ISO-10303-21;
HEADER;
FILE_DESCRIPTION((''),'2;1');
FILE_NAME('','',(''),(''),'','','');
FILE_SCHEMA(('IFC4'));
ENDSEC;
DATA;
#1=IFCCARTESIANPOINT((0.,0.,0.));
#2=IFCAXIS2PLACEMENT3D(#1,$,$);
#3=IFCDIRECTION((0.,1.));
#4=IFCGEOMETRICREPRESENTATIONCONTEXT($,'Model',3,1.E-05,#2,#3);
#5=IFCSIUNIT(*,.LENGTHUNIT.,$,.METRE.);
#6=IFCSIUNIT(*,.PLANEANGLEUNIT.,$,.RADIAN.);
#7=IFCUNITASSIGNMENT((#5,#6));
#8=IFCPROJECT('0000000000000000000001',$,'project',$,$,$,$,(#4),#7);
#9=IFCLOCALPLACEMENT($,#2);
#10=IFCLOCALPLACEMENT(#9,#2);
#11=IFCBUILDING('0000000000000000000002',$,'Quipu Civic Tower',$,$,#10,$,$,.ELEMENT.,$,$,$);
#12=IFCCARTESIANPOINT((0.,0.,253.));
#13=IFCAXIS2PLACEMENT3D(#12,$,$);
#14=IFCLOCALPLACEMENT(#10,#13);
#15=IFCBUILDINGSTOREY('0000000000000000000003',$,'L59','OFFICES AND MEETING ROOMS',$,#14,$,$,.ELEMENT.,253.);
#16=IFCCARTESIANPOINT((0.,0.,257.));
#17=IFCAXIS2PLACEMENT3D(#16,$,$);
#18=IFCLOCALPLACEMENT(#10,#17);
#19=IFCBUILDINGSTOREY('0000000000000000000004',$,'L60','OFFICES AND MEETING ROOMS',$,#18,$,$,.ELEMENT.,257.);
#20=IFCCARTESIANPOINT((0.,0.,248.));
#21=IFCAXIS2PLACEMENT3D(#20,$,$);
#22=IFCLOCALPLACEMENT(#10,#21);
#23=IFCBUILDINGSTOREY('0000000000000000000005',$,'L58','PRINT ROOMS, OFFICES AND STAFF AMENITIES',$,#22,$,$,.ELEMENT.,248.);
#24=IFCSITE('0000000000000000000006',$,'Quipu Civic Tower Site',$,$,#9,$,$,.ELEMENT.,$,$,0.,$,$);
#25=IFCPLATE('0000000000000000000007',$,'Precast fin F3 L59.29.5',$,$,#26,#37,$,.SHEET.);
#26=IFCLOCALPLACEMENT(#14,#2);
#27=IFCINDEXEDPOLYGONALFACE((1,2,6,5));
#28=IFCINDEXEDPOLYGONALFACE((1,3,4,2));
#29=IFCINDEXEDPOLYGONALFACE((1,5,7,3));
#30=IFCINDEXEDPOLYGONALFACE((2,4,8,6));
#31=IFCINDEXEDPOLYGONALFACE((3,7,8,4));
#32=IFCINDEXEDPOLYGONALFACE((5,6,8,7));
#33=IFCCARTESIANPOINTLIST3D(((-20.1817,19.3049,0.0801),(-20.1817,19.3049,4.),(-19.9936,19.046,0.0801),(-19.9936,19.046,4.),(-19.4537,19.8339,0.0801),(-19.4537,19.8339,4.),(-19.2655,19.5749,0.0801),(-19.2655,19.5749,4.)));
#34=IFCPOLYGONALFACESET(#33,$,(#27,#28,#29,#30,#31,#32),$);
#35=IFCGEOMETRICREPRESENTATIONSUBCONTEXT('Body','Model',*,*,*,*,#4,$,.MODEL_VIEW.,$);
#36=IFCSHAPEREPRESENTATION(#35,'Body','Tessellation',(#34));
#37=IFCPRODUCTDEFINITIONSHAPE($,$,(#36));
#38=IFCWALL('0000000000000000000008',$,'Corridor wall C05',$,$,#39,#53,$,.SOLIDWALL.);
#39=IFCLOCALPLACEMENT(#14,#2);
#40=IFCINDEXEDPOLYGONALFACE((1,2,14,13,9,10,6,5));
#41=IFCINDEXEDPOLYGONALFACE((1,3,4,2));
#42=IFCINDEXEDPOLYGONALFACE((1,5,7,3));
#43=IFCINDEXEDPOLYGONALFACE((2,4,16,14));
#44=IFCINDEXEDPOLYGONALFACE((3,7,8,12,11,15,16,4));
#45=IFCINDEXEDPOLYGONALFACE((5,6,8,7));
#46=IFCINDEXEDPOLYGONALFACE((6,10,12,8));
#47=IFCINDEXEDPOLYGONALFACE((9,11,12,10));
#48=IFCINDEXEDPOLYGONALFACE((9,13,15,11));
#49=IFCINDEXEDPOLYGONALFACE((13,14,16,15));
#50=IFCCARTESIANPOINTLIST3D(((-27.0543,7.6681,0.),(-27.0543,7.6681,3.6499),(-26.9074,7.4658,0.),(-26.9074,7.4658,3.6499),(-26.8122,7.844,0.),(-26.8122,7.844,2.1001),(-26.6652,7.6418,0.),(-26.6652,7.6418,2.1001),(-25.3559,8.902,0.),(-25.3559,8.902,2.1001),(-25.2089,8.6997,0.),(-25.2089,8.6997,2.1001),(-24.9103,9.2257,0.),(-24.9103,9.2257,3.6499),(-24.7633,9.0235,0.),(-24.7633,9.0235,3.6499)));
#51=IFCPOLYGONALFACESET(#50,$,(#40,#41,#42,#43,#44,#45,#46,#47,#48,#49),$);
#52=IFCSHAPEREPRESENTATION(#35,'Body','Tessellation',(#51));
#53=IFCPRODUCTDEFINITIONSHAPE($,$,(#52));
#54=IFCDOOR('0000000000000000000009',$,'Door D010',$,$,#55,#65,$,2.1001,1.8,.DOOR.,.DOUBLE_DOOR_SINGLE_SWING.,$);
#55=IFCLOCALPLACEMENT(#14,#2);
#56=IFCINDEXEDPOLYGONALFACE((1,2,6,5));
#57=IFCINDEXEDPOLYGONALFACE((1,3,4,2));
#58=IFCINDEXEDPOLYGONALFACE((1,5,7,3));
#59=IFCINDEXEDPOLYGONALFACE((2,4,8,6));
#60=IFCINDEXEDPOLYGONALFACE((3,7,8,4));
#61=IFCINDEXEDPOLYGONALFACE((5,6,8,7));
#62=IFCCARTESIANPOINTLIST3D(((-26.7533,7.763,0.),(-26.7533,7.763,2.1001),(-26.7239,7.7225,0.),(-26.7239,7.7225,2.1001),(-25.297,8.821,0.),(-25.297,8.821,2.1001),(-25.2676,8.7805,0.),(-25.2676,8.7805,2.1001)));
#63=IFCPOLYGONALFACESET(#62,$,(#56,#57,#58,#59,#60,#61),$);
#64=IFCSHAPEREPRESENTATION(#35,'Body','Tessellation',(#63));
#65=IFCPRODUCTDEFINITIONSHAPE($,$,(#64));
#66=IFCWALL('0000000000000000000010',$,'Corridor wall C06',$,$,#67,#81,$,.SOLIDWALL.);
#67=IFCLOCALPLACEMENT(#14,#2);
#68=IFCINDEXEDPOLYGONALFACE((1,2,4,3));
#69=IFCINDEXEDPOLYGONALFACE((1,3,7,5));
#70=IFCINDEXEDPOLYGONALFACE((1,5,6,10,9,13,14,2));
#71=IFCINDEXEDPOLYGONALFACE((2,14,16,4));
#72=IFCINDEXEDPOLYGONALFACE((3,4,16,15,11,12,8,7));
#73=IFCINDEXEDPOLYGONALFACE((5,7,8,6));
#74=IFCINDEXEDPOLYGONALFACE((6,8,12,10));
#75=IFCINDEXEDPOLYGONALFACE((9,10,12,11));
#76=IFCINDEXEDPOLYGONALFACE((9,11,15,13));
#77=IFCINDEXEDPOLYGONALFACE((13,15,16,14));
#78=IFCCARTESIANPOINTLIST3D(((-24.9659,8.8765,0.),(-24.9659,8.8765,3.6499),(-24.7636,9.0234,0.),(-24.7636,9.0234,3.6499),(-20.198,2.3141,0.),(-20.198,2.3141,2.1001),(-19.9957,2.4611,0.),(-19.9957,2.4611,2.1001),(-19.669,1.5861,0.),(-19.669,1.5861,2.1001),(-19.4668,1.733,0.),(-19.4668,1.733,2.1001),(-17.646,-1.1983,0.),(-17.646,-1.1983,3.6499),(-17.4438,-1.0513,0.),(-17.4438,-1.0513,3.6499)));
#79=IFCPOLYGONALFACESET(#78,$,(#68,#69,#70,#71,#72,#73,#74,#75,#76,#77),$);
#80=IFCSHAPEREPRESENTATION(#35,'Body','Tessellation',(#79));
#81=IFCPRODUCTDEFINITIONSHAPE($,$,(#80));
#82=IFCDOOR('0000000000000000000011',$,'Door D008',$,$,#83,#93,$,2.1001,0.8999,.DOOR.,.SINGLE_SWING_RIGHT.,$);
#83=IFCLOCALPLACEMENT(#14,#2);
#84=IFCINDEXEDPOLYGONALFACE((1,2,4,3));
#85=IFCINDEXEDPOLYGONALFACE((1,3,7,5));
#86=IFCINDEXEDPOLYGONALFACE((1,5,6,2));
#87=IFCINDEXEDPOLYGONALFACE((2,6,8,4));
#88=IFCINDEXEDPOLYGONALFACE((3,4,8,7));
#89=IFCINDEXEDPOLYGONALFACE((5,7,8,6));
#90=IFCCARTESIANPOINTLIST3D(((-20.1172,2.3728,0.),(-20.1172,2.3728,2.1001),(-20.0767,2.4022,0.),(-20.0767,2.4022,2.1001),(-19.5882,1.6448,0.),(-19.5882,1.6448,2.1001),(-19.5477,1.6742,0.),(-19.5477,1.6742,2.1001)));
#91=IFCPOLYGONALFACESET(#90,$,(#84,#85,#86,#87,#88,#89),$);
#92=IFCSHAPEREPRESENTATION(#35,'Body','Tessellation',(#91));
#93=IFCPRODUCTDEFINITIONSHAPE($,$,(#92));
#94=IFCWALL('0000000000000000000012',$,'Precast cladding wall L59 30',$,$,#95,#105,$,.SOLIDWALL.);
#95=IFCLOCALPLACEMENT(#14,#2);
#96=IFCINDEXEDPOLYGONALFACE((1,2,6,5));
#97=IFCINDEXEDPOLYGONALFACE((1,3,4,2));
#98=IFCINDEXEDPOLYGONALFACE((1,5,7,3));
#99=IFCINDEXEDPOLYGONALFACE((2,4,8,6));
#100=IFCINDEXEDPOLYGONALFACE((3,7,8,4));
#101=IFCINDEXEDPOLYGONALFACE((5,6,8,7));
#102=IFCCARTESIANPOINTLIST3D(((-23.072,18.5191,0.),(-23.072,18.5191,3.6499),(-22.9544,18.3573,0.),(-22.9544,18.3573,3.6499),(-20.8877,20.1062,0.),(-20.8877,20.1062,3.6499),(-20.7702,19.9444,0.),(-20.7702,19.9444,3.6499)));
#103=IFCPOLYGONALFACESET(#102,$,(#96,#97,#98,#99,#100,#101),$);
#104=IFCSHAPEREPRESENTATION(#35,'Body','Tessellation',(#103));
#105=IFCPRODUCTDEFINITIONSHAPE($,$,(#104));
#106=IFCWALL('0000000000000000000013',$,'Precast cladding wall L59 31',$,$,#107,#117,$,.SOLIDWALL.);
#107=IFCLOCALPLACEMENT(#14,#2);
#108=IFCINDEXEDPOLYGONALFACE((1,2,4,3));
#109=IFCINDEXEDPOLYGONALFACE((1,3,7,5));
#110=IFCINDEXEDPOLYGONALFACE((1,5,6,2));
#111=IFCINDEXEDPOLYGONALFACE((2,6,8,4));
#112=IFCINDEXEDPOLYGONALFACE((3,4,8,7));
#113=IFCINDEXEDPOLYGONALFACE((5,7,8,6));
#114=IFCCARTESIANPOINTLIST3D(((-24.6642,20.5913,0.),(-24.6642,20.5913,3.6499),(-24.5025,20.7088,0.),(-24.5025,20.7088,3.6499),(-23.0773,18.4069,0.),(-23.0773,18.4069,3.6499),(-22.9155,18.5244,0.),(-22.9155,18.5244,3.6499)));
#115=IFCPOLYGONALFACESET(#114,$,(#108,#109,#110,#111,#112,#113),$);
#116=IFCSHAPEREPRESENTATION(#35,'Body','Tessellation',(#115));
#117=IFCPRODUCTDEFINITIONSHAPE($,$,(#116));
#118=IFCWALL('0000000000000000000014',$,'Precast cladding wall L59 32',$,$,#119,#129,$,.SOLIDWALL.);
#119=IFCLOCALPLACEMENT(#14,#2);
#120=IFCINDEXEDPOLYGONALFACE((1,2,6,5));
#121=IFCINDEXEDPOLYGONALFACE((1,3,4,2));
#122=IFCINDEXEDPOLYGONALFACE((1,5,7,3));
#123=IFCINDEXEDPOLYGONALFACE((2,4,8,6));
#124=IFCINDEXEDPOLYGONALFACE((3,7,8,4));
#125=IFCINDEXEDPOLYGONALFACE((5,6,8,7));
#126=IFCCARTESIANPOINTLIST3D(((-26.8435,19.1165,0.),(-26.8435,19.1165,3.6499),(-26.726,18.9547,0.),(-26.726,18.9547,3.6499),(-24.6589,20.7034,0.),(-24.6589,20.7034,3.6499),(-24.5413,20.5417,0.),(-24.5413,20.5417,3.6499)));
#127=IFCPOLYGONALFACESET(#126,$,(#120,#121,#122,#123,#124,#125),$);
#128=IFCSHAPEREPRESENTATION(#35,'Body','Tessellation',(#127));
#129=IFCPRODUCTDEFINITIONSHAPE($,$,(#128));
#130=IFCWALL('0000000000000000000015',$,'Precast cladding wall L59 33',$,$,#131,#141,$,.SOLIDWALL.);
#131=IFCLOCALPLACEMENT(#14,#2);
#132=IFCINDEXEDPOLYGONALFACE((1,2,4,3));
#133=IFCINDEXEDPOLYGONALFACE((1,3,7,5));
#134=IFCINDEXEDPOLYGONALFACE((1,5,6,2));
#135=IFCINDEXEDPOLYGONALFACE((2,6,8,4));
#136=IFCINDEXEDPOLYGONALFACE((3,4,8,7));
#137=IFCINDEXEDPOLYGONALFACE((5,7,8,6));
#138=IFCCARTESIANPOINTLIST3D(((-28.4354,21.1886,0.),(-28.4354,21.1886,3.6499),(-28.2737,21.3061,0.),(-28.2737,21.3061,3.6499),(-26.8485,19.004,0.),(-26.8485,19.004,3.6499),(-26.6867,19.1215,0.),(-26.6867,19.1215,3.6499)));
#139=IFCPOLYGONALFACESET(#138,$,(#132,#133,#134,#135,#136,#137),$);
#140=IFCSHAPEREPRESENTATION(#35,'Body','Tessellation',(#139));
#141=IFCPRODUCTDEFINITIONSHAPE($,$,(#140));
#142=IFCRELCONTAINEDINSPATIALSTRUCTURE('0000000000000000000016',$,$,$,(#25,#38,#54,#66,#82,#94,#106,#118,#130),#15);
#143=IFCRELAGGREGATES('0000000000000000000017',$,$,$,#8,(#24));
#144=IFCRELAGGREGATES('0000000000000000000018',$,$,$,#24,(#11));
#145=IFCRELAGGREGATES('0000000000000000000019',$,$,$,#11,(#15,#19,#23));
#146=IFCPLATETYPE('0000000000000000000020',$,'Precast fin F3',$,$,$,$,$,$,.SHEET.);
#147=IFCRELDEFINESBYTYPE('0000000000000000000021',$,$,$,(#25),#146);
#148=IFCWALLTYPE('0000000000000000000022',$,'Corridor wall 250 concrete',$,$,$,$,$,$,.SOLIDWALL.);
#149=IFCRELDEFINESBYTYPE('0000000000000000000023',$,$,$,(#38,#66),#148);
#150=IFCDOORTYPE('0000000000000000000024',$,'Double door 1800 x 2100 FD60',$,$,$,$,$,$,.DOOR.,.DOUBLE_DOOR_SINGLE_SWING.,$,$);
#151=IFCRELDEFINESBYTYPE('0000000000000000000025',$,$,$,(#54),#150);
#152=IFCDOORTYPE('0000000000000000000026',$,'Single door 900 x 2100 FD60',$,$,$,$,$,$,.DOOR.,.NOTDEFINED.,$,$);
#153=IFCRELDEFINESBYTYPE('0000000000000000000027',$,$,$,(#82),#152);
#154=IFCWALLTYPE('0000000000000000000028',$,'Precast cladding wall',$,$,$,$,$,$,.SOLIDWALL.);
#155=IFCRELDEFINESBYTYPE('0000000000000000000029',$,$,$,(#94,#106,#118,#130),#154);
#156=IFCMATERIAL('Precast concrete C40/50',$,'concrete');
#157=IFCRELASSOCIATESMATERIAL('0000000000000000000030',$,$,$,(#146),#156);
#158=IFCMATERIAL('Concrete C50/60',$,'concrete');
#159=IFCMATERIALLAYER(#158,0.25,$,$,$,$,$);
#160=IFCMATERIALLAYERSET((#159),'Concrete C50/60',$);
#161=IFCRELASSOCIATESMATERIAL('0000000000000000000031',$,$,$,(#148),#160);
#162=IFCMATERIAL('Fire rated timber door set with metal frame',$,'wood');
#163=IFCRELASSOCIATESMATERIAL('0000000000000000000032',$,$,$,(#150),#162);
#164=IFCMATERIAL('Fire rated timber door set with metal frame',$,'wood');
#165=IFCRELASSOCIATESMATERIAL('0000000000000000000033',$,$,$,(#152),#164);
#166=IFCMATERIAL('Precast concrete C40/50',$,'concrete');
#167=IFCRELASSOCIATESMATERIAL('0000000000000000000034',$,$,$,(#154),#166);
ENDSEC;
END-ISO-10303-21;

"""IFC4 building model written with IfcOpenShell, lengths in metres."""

from ifc_helpers import new_model, si_unit, direction, frame, frame_2d, origin, origin_2d, place, context, subcontext, project, spatial, rectangle, extrude, material, layer, layer_set, type_object, element, fill, save


model = new_model("IFC4")

# Units and contexts
model_context = context("Model", 3, precision=1e-05, world=origin(), true_north=direction((0.0, 1.0)))
body_context = subcontext(model_context, "Body", "Model", "MODEL_VIEW")
ifc_project = project(units=[si_unit("LENGTHUNIT", "METRE"), si_unit("PLANEANGLEUNIT", "RADIAN")], contexts=[model_context])

# Site, building, storey
site_placement = place(None, origin())
site = spatial("IfcSite", under=ifc_project, at=site_placement, Name="Quipu Civic Tower Site", CompositionType="ELEMENT", RefElevation=0.0)
building_placement = place(site_placement, origin())
building = spatial("IfcBuilding", under=site, at=building_placement, Name="Quipu Civic Tower", CompositionType="ELEMENT")
storey_1_placement = place(building_placement, frame((0.0, 0.0, 253.0)))
storey_1 = spatial("IfcBuildingStorey", under=building, at=storey_1_placement, Name="L59", Description="OFFICES AND MEETING ROOMS", CompositionType="ELEMENT", Elevation=253.0)

# Shared definitions
storey_2_placement = place(building_placement, frame((0.0, 0.0, 257.0)))
storey_2 = spatial("IfcBuildingStorey", under=building, at=storey_2_placement, Name="L60", Description="OFFICES AND MEETING ROOMS", CompositionType="ELEMENT", Elevation=257.0)

# Shared definitions
storey_3_placement = place(building_placement, frame((0.0, 0.0, 248.0)))
storey_3 = spatial("IfcBuildingStorey", under=building, at=storey_3_placement, Name="L58", Description="PRINT ROOMS, OFFICES AND STAFF AMENITIES", CompositionType="ELEMENT", Elevation=248.0)

# Plate
ifc_material_1 = material(Name="Precast concrete C40/50", Category="concrete")
plate_type = type_object("IfcPlateType", Name="Precast fin F3", PredefinedType="SHEET", material=ifc_material_1)
for number, where, z_axis, x_axis, name in (
    (1, (-19.7236, 19.4399, 0.0801), (0.0, 0.0, 1.0), (-0.587784, 0.809018, 0.0), "Precast fin F3 L59.29.5"),
):
    element("IfcPlate", number, at=place(storey_1_placement, frame(where, z_axis=z_axis, x_axis=x_axis)), inside=storey_1, type_object=plate_type, Name=name, PredefinedType="SHEET", context=body_context, shape_type="SweptSolid", body=[
        extrude(rectangle(XDim=0.3201, YDim=0.8999, at=origin_2d()), origin(), (0.0, 0.0, 1.0), 3.9199),
    ])

# Walls, openings, doors
ifc_material_2 = material(Name="Concrete C50/60", Category="concrete")
ifc_layer = layer(ifc_material_2, 0.25)
ifc_layer_set = layer_set([ifc_layer], Name="Concrete C50/60")
wall_type_1 = type_object("IfcWallType", Name="Corridor wall 250 concrete", PredefinedType="SOLIDWALL", material=ifc_layer_set)
wall_1_placement = place(storey_1_placement, frame((-26.981, 7.5669, 0.0), z_axis=(0.0, 0.0, 1.0), x_axis=(0.809039, 0.587755, 0.0)))
wall_1 = element("IfcWall", 2, at=wall_1_placement, inside=storey_1, type_object=wall_type_1, Name="Corridor wall C05", PredefinedType="SOLIDWALL", context=body_context, shape_type="SweptSolid", body=[
    extrude(rectangle(XDim=2.6501, YDim=0.25, at=frame_2d((1.3252, 0.0))), origin(), (0.0, 0.0, 1.0), 3.6499),
])
opening_1_placement = place(wall_1_placement, frame((0.2996, 0.0, 0.0)))
opening_1 = element("IfcOpeningElement", 3, at=opening_1_placement, cuts=wall_1, PredefinedType="OPENING", context=body_context, shape_type="SweptSolid", body=[
    extrude(rectangle(XDim=1.8, YDim=2.1001, at=frame_2d((0.8999, 1.05))), frame((0.0, 0.135, 0.0), z_axis=(0.0, -1.0, 0.0), x_axis=(1.0, 0.0, 0.0)), (0.0, 0.0, 1.0), 0.27),
])
ifc_material_3 = material(Name="Fire rated timber door set with metal frame", Category="wood")
door_type_1 = type_object("IfcDoorType", Name="Double door 1800 x 2100 FD60", OperationType="DOUBLE_DOOR_SINGLE_SWING", PredefinedType="DOOR", material=ifc_material_3)
door_1_placement = place(opening_1_placement, origin())
door_1 = element("IfcDoor", 4, at=door_1_placement, inside=storey_1, type_object=door_type_1, Name="Door D010", OperationType="DOUBLE_DOOR_SINGLE_SWING", OverallHeight=2.1001, OverallWidth=1.8, PredefinedType="DOOR", context=body_context, shape_type="SweptSolid", body=[
    extrude(rectangle(XDim=1.8, YDim=2.1001, at=frame_2d((0.8999, 1.05))), frame((0.0, 0.0249, 0.0), z_axis=(0.0, -1.0, 0.0), x_axis=(1.0, 0.0, 0.0)), (0.0, 0.0, 1.0), 0.05),
])
fill(opening_1, door_1)
wall_2_placement = place(storey_1_placement, frame((-24.8647, 8.95, 0.0), z_axis=(0.0, 0.0, 1.0), x_axis=(0.587792, -0.809012, 0.0)))
wall_2 = element("IfcWall", 5, at=wall_2_placement, inside=storey_1, type_object=wall_type_1, Name="Corridor wall C06", PredefinedType="SOLIDWALL", context=body_context, shape_type="SweptSolid", body=[
    extrude(rectangle(XDim=12.4531, YDim=0.25, at=frame_2d((6.2266, 0.0))), origin(), (0.0, 0.0, 1.0), 3.6499),
])
opening_2_placement = place(wall_2_placement, frame((8.1116, 0.0, 0.0)))
opening_2 = element("IfcOpeningElement", 6, at=opening_2_placement, cuts=wall_2, PredefinedType="OPENING", context=body_context, shape_type="SweptSolid", body=[
    extrude(rectangle(XDim=0.8999, YDim=2.1001, at=frame_2d((0.45, 1.05))), frame((0.0, 0.135, 0.0), z_axis=(0.0, -1.0, 0.0), x_axis=(1.0, 0.0, 0.0)), (0.0, 0.0, 1.0), 0.27),
])
ifc_material_4 = material(Name="Fire rated timber door set with metal frame", Category="wood")
door_type_2 = type_object("IfcDoorType", Name="Single door 900 x 2100 FD60", OperationType="NOTDEFINED", PredefinedType="DOOR", material=ifc_material_4)
door_2_placement = place(opening_2_placement, origin())
door_2 = element("IfcDoor", 7, at=door_2_placement, inside=storey_1, type_object=door_type_2, Name="Door D008", OperationType="SINGLE_SWING_RIGHT", OverallHeight=2.1001, OverallWidth=0.8999, PredefinedType="DOOR", context=body_context, shape_type="SweptSolid", body=[
    extrude(rectangle(XDim=0.8999, YDim=2.1001, at=frame_2d((0.45, 1.05))), frame((0.0, 0.0249, 0.0), z_axis=(0.0, -1.0, 0.0), x_axis=(1.0, 0.0, 0.0)), (0.0, 0.0, 1.0), 0.05),
])
fill(opening_2, door_2)

# Walls
ifc_material_5 = material(Name="Precast concrete C40/50", Category="concrete")
wall_type_2 = type_object("IfcWallType", Name="Precast cladding wall", PredefinedType="SOLIDWALL", material=ifc_material_5)
for number, where, z_axis, x_axis, name in (
    (8, (-20.8289, 20.0254, 0.0), (0.0, 0.0, 1.0), (-0.80899, -0.587822, 0.0), "Precast cladding wall L59 30"),
    (9, (-22.9963, 18.4656, 0.0), (0.0, 0.0, 1.0), (-0.587763, 0.809033, 0.0), "Precast cladding wall L59 31"),
):
    element("IfcWall", number, at=place(storey_1_placement, frame(where, z_axis=z_axis, x_axis=x_axis)), inside=storey_1, type_object=wall_type_2, Name=name, PredefinedType="SOLIDWALL", context=body_context, shape_type="SweptSolid", body=[
        extrude(rectangle(XDim=2.7, YDim=0.2, at=frame_2d((1.3501, 0.0))), origin(), (0.0, 0.0, 1.0), 3.6499),
    ])
for number, where, z_axis, x_axis, name in (
    (10, (-24.6001, 20.6226, 0.0), (0.0, 0.0, 1.0), (-0.809064, -0.58772, 0.0), "Precast cladding wall L59 32"),
    (11, (-26.7676, 19.0627, 0.0), (0.0, 0.0, 1.0), (-0.58772, 0.809064, 0.0), "Precast cladding wall L59 33"),
):
    element("IfcWall", number, at=place(storey_1_placement, frame(where, z_axis=z_axis, x_axis=x_axis)), inside=storey_1, type_object=wall_type_2, Name=name, PredefinedType="SOLIDWALL", context=body_context, shape_type="SweptSolid", body=[
        extrude(rectangle(XDim=2.7002, YDim=0.2, at=frame_2d((1.3501, 0.0))), origin(), (0.0, 0.0, 1.0), 3.6499),
    ])

save(model, "model.ifc")
